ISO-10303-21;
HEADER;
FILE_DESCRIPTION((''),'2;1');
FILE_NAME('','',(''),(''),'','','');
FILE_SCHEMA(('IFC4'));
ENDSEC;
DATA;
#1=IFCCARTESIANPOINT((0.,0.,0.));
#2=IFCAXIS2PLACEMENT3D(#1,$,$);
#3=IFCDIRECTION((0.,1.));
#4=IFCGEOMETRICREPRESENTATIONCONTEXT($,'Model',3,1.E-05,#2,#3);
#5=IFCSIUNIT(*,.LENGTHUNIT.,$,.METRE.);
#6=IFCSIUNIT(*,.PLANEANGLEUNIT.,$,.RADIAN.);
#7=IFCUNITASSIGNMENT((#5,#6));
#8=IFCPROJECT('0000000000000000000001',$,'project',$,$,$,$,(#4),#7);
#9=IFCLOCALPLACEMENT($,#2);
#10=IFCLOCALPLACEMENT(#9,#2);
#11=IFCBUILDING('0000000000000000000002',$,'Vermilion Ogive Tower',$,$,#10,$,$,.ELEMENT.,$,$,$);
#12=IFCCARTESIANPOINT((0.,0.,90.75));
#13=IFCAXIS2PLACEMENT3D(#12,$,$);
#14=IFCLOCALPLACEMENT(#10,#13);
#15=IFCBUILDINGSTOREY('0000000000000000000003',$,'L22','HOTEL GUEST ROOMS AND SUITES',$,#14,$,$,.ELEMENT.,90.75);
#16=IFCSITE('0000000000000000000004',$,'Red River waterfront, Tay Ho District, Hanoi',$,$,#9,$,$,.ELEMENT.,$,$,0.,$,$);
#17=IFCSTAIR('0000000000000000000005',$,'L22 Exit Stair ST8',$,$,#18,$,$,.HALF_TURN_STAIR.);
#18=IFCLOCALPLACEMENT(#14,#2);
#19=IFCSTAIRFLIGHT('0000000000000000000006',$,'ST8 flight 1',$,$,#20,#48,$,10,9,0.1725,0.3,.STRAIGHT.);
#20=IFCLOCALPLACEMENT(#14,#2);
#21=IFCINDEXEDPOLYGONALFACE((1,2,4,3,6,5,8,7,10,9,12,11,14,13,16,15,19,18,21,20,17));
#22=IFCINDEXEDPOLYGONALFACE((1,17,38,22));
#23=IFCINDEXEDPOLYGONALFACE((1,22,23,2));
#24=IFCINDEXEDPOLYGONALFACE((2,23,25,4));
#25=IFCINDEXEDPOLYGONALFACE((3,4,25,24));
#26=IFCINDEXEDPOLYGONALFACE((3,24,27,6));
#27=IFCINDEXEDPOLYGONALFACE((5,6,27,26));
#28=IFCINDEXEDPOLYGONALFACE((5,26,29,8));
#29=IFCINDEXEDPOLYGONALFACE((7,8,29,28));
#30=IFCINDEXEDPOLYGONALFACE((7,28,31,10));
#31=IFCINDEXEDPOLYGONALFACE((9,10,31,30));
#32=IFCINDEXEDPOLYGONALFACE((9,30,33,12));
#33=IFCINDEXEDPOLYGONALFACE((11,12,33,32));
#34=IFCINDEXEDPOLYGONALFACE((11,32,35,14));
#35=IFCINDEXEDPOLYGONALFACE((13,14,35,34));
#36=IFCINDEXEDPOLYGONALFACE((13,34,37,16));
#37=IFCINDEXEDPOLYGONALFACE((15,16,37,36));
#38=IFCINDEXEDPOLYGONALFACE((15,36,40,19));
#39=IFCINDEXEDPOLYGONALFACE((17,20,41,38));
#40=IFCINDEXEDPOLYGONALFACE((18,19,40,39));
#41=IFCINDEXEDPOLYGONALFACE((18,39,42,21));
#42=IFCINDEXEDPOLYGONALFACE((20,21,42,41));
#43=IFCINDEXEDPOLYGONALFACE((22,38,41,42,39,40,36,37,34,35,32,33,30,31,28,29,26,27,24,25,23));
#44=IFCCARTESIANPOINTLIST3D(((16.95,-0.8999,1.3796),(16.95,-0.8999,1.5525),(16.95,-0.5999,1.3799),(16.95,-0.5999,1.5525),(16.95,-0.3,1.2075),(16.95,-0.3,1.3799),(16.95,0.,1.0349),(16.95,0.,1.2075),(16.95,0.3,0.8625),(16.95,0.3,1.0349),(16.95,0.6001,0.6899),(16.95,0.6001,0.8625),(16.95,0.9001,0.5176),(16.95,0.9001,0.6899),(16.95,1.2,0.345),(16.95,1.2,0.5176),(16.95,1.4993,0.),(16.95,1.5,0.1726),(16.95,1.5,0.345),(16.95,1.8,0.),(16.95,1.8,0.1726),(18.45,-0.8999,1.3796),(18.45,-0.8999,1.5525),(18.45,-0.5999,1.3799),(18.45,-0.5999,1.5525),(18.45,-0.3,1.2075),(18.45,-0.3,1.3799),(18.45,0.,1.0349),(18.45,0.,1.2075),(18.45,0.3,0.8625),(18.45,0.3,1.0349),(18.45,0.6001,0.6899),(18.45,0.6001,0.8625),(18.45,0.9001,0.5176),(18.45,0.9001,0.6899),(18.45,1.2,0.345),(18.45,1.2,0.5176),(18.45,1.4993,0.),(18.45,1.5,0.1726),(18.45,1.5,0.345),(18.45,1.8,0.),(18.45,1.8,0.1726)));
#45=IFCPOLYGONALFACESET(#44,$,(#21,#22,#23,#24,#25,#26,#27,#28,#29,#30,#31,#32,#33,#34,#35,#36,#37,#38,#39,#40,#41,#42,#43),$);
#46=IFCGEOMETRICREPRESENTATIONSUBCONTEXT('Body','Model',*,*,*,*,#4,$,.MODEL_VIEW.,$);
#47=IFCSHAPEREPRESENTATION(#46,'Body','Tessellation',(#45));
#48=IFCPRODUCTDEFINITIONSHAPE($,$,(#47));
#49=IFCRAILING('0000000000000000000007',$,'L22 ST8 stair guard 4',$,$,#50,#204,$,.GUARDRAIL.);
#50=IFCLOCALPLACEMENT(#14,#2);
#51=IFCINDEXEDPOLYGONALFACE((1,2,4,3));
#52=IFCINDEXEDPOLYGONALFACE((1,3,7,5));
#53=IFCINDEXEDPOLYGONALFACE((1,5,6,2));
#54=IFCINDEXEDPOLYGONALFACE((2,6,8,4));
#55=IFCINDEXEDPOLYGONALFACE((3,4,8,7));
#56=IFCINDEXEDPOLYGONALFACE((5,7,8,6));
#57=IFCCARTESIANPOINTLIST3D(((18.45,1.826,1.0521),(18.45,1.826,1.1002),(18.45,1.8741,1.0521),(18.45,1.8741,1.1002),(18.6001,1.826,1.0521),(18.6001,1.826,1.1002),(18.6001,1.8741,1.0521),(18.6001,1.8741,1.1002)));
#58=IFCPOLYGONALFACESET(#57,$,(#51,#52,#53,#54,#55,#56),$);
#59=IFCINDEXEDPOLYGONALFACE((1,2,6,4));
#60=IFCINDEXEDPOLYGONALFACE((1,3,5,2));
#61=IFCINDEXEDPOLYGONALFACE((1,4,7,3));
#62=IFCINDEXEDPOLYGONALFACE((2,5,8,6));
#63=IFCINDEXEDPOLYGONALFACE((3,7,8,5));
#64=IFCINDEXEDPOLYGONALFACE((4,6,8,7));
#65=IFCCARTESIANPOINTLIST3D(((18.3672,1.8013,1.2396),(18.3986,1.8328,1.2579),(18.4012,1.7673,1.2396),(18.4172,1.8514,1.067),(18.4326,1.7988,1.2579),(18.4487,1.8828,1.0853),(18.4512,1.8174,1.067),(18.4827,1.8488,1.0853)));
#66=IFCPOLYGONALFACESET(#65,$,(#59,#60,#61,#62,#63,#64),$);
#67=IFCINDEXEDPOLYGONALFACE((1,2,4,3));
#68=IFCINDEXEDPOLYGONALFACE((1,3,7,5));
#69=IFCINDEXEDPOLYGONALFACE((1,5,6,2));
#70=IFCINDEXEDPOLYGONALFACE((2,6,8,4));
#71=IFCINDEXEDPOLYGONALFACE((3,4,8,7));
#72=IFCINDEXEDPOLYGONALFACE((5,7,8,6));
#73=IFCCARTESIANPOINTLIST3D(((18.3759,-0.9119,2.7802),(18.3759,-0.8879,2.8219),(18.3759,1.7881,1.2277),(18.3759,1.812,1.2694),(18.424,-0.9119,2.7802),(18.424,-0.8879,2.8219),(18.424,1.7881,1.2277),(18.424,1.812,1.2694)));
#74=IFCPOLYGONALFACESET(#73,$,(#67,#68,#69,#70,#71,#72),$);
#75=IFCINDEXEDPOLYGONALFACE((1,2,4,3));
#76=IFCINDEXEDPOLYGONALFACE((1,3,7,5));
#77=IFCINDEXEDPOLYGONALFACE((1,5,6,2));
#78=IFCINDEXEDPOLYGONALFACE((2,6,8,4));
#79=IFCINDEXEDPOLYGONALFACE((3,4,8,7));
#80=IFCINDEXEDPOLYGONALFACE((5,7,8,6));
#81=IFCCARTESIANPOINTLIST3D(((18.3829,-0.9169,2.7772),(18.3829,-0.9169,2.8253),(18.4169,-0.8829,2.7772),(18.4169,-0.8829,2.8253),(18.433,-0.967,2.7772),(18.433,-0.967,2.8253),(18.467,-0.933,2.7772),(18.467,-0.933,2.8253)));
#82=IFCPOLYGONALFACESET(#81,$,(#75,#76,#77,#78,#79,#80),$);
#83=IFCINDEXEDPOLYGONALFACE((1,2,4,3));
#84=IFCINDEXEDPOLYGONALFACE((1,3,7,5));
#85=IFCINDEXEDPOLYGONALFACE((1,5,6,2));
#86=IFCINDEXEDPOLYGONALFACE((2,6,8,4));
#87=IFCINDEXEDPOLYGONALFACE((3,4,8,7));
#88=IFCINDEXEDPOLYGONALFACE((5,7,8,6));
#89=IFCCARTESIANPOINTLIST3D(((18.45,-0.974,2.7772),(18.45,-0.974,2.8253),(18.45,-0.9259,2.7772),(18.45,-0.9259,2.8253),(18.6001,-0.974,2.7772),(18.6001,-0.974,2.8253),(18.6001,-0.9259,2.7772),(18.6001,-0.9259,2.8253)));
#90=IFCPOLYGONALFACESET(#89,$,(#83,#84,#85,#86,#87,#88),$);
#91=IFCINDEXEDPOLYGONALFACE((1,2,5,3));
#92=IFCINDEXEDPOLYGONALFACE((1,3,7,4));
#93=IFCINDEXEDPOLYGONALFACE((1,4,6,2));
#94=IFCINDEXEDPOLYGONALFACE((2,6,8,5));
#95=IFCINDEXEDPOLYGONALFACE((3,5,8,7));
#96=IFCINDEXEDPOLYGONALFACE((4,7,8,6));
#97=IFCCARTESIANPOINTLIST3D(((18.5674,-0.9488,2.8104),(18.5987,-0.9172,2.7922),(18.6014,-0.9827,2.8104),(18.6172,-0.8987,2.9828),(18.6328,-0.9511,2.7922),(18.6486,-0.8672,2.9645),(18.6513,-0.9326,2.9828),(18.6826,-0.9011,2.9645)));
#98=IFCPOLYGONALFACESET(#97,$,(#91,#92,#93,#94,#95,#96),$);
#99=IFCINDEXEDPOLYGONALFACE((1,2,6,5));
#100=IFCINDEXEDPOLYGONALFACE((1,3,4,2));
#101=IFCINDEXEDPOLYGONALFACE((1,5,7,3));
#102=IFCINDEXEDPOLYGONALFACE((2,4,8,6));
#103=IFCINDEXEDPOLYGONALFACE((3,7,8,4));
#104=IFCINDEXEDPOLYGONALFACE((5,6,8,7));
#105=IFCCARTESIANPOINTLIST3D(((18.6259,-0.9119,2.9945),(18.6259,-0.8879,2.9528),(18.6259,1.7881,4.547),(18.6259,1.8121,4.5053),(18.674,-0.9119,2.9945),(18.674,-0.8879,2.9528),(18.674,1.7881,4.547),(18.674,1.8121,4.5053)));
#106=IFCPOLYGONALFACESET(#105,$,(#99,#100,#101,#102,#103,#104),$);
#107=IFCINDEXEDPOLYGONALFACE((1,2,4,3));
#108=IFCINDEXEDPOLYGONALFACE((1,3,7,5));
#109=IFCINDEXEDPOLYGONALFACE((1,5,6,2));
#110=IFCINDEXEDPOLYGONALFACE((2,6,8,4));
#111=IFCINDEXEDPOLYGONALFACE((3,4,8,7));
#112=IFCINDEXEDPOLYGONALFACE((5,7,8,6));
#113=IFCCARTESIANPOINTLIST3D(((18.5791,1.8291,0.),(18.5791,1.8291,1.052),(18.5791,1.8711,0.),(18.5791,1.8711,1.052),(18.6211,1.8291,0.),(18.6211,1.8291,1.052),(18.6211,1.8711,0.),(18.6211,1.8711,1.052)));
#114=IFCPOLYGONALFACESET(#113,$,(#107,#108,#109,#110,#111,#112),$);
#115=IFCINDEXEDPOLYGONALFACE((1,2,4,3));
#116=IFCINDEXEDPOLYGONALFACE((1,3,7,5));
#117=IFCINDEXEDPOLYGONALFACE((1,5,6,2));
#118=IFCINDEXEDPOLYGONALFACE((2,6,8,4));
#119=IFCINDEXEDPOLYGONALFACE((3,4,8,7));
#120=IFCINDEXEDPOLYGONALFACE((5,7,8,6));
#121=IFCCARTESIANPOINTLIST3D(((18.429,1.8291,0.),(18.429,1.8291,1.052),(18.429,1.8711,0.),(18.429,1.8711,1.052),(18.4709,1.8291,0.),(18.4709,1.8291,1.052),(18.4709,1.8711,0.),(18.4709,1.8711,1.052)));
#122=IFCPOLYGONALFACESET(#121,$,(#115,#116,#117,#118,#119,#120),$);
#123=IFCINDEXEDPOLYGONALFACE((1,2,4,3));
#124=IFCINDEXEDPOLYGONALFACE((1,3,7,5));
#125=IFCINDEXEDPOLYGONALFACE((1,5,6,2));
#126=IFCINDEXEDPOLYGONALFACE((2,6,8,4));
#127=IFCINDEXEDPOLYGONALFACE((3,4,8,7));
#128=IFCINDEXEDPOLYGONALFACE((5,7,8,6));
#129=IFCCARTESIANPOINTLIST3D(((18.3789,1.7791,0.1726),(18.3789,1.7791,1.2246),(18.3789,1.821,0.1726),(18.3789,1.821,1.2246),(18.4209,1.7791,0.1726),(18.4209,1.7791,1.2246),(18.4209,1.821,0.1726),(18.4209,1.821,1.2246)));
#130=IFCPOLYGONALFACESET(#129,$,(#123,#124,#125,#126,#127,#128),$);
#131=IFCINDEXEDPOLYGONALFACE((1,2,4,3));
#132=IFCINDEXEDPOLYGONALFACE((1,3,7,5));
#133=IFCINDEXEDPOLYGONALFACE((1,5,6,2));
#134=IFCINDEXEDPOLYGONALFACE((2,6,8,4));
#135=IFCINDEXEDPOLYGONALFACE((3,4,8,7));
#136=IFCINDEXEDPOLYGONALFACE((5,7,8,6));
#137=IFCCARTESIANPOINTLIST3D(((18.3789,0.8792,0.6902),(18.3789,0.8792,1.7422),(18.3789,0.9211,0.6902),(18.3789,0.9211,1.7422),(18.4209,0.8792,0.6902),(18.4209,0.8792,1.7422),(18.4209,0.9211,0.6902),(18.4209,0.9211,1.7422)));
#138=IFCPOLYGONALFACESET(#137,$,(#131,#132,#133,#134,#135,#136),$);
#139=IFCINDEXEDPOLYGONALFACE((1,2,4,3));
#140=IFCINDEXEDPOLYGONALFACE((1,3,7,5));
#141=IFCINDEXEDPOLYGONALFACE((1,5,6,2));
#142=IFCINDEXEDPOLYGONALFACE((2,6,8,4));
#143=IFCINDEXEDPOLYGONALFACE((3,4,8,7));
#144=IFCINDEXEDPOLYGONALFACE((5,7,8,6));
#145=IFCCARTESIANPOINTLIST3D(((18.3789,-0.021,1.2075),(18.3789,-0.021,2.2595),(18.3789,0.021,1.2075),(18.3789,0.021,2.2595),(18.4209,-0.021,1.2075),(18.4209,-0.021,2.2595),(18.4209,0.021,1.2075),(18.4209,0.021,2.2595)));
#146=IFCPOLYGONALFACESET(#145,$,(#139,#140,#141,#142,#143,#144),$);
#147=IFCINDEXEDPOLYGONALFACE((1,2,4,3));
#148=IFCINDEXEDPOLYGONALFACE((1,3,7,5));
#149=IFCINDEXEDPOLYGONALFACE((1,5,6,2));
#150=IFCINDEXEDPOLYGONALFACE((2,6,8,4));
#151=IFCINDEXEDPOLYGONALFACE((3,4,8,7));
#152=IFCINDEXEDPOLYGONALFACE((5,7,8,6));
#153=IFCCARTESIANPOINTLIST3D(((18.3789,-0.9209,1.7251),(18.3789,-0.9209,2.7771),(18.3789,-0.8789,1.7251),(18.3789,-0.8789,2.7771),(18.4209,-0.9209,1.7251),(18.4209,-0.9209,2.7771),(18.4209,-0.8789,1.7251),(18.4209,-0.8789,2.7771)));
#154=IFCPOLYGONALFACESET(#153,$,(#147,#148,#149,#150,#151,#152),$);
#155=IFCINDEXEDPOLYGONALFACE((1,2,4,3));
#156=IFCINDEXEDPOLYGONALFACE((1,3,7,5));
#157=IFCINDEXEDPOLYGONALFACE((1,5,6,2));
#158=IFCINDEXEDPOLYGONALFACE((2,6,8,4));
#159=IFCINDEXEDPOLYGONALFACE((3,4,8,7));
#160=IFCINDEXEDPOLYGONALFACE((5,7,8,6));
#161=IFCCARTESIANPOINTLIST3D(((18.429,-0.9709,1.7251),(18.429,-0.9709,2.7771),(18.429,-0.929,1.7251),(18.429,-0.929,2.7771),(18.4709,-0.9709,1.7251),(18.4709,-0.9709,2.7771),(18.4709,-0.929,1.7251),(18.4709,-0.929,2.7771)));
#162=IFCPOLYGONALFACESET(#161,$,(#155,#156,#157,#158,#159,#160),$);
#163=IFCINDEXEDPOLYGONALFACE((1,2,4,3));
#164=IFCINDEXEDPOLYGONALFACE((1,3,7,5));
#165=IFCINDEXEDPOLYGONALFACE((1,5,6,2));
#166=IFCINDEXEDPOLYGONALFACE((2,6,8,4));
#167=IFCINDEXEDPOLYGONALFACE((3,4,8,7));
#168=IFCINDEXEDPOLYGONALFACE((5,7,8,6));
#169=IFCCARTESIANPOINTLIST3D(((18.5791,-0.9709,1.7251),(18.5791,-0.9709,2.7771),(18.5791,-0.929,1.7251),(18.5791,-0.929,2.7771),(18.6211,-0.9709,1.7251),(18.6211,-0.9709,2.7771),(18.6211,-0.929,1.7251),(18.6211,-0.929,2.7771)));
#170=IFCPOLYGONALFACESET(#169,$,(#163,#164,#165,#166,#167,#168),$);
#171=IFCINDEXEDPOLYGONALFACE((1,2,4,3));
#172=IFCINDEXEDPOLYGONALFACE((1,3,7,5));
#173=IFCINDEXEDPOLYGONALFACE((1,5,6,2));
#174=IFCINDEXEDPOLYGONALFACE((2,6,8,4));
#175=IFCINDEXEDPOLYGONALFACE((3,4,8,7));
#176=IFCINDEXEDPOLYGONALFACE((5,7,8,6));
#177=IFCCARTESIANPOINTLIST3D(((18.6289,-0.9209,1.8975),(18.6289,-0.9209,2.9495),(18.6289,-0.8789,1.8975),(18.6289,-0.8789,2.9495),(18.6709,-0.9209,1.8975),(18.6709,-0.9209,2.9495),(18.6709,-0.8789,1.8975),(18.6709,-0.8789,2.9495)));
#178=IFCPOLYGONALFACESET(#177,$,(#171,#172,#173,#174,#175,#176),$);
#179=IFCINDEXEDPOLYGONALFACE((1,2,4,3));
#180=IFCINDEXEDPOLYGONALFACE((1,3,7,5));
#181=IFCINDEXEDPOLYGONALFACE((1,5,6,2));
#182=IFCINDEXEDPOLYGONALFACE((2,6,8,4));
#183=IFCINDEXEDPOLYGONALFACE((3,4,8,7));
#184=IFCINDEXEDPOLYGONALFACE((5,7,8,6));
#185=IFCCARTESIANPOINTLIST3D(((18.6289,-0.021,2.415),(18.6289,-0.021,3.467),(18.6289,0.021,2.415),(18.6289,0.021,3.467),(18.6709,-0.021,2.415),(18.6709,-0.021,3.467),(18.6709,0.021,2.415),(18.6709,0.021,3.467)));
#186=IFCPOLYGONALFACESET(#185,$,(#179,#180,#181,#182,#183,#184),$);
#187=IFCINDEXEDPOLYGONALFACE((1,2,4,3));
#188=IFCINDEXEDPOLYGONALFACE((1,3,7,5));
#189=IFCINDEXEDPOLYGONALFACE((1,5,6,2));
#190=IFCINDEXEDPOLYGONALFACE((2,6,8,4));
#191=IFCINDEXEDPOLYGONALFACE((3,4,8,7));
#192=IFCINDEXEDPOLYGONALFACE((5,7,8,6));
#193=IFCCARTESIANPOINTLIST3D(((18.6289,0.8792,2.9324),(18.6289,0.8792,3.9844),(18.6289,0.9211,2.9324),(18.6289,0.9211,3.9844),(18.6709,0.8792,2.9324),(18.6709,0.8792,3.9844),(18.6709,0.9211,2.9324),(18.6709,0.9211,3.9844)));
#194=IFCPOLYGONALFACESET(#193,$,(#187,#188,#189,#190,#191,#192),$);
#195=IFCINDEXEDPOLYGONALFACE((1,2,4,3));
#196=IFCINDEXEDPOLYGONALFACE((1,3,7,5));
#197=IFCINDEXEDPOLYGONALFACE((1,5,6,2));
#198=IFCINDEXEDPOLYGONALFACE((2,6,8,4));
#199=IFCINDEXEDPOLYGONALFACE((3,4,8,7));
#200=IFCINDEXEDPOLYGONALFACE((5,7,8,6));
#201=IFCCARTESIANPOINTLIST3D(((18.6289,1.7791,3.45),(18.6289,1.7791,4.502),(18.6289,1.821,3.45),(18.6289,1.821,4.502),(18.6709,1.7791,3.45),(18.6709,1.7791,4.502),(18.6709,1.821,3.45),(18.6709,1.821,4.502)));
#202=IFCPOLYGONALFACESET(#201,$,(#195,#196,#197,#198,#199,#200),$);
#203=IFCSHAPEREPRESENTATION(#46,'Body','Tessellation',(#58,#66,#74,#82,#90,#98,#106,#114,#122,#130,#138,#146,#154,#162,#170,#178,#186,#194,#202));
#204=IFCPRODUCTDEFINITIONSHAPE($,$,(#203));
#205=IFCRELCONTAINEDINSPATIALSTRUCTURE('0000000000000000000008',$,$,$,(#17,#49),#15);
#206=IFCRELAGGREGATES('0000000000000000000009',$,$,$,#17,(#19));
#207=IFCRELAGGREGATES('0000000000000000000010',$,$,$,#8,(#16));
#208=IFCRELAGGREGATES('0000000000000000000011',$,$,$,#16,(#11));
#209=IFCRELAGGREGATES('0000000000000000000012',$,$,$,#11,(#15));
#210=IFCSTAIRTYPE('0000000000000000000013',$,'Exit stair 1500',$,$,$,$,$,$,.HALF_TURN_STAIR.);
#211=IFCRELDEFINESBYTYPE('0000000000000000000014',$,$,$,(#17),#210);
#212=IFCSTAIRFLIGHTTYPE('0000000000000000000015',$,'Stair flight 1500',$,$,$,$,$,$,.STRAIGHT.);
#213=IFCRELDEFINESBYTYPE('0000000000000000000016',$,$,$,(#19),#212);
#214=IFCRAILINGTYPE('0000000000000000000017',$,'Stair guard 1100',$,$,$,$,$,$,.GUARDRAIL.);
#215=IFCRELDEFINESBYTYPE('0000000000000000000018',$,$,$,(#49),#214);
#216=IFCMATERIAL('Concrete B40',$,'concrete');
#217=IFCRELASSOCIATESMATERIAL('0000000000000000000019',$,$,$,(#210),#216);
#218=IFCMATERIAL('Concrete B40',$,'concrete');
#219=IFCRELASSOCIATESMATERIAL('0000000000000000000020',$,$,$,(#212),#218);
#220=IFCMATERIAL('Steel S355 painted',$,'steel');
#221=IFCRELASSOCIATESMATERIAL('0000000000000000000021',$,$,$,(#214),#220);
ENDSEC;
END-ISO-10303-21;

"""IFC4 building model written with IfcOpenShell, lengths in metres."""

from ifc_helpers import new_model, si_unit, direction, frame, origin, origin_2d, place, context, subcontext, project, spatial, polyline, rectangle, outline, extrude, material, type_object, element, aggregate, save


model = new_model("IFC4")

# Units and contexts
model_context = context("Model", 3, precision=1e-05, world=origin(), true_north=direction((0.0, 1.0)))
body_context = subcontext(model_context, "Body", "Model", "MODEL_VIEW")
ifc_project = project(units=[si_unit("LENGTHUNIT", "METRE"), si_unit("PLANEANGLEUNIT", "RADIAN")], contexts=[model_context])

# Site, building, storey
site_placement = place(None, origin())
site = spatial("IfcSite", under=ifc_project, at=site_placement, Name="Red River waterfront, Tay Ho District, Hanoi", CompositionType="ELEMENT", RefElevation=0.0)
building_placement = place(site_placement, origin())
building = spatial("IfcBuilding", under=site, at=building_placement, Name="Vermilion Ogive Tower", CompositionType="ELEMENT")
storey_placement = place(building_placement, frame((0.0, 0.0, 90.75)))
storey = spatial("IfcBuildingStorey", under=building, at=storey_placement, Name="L22", Description="HOTEL GUEST ROOMS AND SUITES", CompositionType="ELEMENT", Elevation=90.75)

# Stair, stair flight
ifc_material_1 = material(Name="Concrete B40", Category="concrete")
stair_type = type_object("IfcStairType", Name="Exit stair 1500", PredefinedType="HALF_TURN_STAIR", material=ifc_material_1)
stair_placement = place(storey_placement, origin())
stair = element("IfcStair", 1, at=stair_placement, inside=storey, type_object=stair_type, Name="L22 Exit Stair ST8", PredefinedType="HALF_TURN_STAIR")
ifc_material_2 = material(Name="Concrete B40", Category="concrete")
stair_flight_type = type_object("IfcStairFlightType", Name="Stair flight 1500", PredefinedType="STRAIGHT", material=ifc_material_2)
stair_flight_placement = place(storey_placement, frame((17.7, 1.8, 0.0), z_axis=(0.0, 0.0, 1.0), x_axis=(0.0, -1.0, 0.0)))
stair_flight = element("IfcStairFlight", 2, at=stair_flight_placement, type_object=stair_flight_type, Name="ST8 flight 1", NumberOfRisers=10, NumberOfTreads=9, PredefinedType="STRAIGHT", RiserHeight=0.1725, TreadLength=0.3, context=body_context, shape_type="SweptSolid", body=[
    extrude(outline(polyline([(0.0, 0.0), (0.0, 0.1726), (0.3, 0.1726), (0.3, 0.345), (0.6001, 0.345), (0.6001, 0.5176), (0.8999, 0.5176), (0.8999, 0.6899), (1.2, 0.6899), (1.2, 0.8625), (1.5, 0.8625), (1.5, 1.0349), (1.8, 1.0349), (1.8, 1.2075), (2.1001, 1.2075), (2.1001, 1.3799), (2.3999, 1.3799), (2.3999, 1.5525), (2.7, 1.5525), (2.7, 1.7251), (2.7, 1.3796), (0.3008, 0.0), (0.0, 0.0)])), frame((0.0, 0.75, 0.0), z_axis=(0.0, -1.0, 0.0), x_axis=(1.0, 0.0, 0.0)), (0.0, 0.0, 1.0), 1.5),
])
aggregate(stair, [stair_flight])

# Railing
ifc_material_3 = material(Name="Steel S355 painted", Category="steel")
railing_type_1 = type_object("IfcRailingType", Name="Stair guard 1100", PredefinedType="GUARDRAIL", material=ifc_material_3)
railing_1_placement = place(storey_placement, frame((18.6001, 1.8501, 0.0)))
element("IfcRailing", 3, at=railing_1_placement, inside=storey, type_object=railing_type_1, Name="L22 ST8 stair guard 4", PredefinedType="GUARDRAIL", context=body_context, shape_type="SweptSolid", body=[
    extrude(rectangle(XDim=0.0481, YDim=0.0481, at=origin_2d()), frame((0.0, 0.0, 1.0762), z_axis=(-1.0, 0.0, 0.0), x_axis=(0.0, -1.0, 0.0)), (0.0, 0.0, 1.0), 0.1501),
    extrude(rectangle(XDim=0.0481, YDim=0.0481, at=origin_2d()), frame((-0.1501, 0.0, 1.0762), z_axis=(-0.268278, -0.268278, 0.925232), x_axis=(0.707107, -0.707107, 0.0)), (0.0, 0.0, 1.0), 0.1865),
    extrude(rectangle(XDim=0.0481, YDim=0.0481, at=origin_2d()), frame((-0.2002, -0.05, 1.2485), z_axis=(0.0, -0.866904, 0.498476), x_axis=(1.0, 0.0, 0.0)), (0.0, 0.0, 1.0), 3.1145),
    extrude(rectangle(XDim=0.0481, YDim=0.0481, at=origin_2d()), frame((-0.2002, -2.75, 2.8013), z_axis=(0.707107, -0.707107, 0.0), x_axis=(0.707107, 0.707107, 0.0)), (0.0, 0.0, 1.0), 0.0708),
    extrude(rectangle(XDim=0.0481, YDim=0.0481, at=origin_2d()), frame((-0.1501, -2.8, 2.8013), z_axis=(1.0, 0.0, 0.0), x_axis=(0.0, 1.0, 0.0)), (0.0, 0.0, 1.0), 0.1501),
    extrude(rectangle(XDim=0.0481, YDim=0.0481, at=origin_2d()), frame((0.0, -2.8, 2.8013), z_axis=(0.267387, 0.268698, 0.925368), x_axis=(-0.708834, 0.705376, 0.0)), (0.0, 0.0, 1.0), 0.1863),
    extrude(rectangle(XDim=0.0481, YDim=0.0481, at=origin_2d()), frame((0.0498, -2.75, 2.9736), z_axis=(0.0, 0.866904, 0.498476), x_axis=(-1.0, 0.0, 0.0)), (0.0, 0.0, 1.0), 3.1145),
    extrude(rectangle(XDim=0.042, YDim=0.042, at=origin_2d()), origin(), (0.0, 0.0, 1.0), 1.052),
    extrude(rectangle(XDim=0.042, YDim=0.042, at=origin_2d()), frame((-0.1501, 0.0, 0.0)), (0.0, 0.0, 1.0), 1.052),
    extrude(rectangle(XDim=0.042, YDim=0.042, at=origin_2d()), frame((-0.2002, -0.05, 0.1726)), (0.0, 0.0, 1.0), 1.052),
    extrude(rectangle(XDim=0.042, YDim=0.042, at=origin_2d()), frame((-0.2002, -0.95, 0.6902)), (0.0, 0.0, 1.0), 1.052),
    extrude(rectangle(XDim=0.042, YDim=0.042, at=origin_2d()), frame((-0.2002, -1.8501, 1.2075)), (0.0, 0.0, 1.0), 1.052),
    extrude(rectangle(XDim=0.042, YDim=0.042, at=origin_2d()), frame((-0.2002, -2.75, 1.7251)), (0.0, 0.0, 1.0), 1.052),
    extrude(rectangle(XDim=0.042, YDim=0.042, at=origin_2d()), frame((-0.1501, -2.8, 1.7251)), (0.0, 0.0, 1.0), 1.052),
    extrude(rectangle(XDim=0.042, YDim=0.042, at=origin_2d()), frame((0.0, -2.8, 1.7251)), (0.0, 0.0, 1.0), 1.052),
    extrude(rectangle(XDim=0.042, YDim=0.042, at=origin_2d()), frame((0.0498, -2.75, 1.8975)), (0.0, 0.0, 1.0), 1.052),
    extrude(rectangle(XDim=0.042, YDim=0.042, at=origin_2d()), frame((0.0498, -1.8501, 2.415)), (0.0, 0.0, 1.0), 1.052),
    extrude(rectangle(XDim=0.042, YDim=0.042, at=origin_2d()), frame((0.0498, -0.95, 2.9324)), (0.0, 0.0, 1.0), 1.052),
    extrude(rectangle(XDim=0.042, YDim=0.042, at=origin_2d()), frame((0.0498, -0.05, 3.45)), (0.0, 0.0, 1.0), 1.052),
])

save(model, "model.ifc")
